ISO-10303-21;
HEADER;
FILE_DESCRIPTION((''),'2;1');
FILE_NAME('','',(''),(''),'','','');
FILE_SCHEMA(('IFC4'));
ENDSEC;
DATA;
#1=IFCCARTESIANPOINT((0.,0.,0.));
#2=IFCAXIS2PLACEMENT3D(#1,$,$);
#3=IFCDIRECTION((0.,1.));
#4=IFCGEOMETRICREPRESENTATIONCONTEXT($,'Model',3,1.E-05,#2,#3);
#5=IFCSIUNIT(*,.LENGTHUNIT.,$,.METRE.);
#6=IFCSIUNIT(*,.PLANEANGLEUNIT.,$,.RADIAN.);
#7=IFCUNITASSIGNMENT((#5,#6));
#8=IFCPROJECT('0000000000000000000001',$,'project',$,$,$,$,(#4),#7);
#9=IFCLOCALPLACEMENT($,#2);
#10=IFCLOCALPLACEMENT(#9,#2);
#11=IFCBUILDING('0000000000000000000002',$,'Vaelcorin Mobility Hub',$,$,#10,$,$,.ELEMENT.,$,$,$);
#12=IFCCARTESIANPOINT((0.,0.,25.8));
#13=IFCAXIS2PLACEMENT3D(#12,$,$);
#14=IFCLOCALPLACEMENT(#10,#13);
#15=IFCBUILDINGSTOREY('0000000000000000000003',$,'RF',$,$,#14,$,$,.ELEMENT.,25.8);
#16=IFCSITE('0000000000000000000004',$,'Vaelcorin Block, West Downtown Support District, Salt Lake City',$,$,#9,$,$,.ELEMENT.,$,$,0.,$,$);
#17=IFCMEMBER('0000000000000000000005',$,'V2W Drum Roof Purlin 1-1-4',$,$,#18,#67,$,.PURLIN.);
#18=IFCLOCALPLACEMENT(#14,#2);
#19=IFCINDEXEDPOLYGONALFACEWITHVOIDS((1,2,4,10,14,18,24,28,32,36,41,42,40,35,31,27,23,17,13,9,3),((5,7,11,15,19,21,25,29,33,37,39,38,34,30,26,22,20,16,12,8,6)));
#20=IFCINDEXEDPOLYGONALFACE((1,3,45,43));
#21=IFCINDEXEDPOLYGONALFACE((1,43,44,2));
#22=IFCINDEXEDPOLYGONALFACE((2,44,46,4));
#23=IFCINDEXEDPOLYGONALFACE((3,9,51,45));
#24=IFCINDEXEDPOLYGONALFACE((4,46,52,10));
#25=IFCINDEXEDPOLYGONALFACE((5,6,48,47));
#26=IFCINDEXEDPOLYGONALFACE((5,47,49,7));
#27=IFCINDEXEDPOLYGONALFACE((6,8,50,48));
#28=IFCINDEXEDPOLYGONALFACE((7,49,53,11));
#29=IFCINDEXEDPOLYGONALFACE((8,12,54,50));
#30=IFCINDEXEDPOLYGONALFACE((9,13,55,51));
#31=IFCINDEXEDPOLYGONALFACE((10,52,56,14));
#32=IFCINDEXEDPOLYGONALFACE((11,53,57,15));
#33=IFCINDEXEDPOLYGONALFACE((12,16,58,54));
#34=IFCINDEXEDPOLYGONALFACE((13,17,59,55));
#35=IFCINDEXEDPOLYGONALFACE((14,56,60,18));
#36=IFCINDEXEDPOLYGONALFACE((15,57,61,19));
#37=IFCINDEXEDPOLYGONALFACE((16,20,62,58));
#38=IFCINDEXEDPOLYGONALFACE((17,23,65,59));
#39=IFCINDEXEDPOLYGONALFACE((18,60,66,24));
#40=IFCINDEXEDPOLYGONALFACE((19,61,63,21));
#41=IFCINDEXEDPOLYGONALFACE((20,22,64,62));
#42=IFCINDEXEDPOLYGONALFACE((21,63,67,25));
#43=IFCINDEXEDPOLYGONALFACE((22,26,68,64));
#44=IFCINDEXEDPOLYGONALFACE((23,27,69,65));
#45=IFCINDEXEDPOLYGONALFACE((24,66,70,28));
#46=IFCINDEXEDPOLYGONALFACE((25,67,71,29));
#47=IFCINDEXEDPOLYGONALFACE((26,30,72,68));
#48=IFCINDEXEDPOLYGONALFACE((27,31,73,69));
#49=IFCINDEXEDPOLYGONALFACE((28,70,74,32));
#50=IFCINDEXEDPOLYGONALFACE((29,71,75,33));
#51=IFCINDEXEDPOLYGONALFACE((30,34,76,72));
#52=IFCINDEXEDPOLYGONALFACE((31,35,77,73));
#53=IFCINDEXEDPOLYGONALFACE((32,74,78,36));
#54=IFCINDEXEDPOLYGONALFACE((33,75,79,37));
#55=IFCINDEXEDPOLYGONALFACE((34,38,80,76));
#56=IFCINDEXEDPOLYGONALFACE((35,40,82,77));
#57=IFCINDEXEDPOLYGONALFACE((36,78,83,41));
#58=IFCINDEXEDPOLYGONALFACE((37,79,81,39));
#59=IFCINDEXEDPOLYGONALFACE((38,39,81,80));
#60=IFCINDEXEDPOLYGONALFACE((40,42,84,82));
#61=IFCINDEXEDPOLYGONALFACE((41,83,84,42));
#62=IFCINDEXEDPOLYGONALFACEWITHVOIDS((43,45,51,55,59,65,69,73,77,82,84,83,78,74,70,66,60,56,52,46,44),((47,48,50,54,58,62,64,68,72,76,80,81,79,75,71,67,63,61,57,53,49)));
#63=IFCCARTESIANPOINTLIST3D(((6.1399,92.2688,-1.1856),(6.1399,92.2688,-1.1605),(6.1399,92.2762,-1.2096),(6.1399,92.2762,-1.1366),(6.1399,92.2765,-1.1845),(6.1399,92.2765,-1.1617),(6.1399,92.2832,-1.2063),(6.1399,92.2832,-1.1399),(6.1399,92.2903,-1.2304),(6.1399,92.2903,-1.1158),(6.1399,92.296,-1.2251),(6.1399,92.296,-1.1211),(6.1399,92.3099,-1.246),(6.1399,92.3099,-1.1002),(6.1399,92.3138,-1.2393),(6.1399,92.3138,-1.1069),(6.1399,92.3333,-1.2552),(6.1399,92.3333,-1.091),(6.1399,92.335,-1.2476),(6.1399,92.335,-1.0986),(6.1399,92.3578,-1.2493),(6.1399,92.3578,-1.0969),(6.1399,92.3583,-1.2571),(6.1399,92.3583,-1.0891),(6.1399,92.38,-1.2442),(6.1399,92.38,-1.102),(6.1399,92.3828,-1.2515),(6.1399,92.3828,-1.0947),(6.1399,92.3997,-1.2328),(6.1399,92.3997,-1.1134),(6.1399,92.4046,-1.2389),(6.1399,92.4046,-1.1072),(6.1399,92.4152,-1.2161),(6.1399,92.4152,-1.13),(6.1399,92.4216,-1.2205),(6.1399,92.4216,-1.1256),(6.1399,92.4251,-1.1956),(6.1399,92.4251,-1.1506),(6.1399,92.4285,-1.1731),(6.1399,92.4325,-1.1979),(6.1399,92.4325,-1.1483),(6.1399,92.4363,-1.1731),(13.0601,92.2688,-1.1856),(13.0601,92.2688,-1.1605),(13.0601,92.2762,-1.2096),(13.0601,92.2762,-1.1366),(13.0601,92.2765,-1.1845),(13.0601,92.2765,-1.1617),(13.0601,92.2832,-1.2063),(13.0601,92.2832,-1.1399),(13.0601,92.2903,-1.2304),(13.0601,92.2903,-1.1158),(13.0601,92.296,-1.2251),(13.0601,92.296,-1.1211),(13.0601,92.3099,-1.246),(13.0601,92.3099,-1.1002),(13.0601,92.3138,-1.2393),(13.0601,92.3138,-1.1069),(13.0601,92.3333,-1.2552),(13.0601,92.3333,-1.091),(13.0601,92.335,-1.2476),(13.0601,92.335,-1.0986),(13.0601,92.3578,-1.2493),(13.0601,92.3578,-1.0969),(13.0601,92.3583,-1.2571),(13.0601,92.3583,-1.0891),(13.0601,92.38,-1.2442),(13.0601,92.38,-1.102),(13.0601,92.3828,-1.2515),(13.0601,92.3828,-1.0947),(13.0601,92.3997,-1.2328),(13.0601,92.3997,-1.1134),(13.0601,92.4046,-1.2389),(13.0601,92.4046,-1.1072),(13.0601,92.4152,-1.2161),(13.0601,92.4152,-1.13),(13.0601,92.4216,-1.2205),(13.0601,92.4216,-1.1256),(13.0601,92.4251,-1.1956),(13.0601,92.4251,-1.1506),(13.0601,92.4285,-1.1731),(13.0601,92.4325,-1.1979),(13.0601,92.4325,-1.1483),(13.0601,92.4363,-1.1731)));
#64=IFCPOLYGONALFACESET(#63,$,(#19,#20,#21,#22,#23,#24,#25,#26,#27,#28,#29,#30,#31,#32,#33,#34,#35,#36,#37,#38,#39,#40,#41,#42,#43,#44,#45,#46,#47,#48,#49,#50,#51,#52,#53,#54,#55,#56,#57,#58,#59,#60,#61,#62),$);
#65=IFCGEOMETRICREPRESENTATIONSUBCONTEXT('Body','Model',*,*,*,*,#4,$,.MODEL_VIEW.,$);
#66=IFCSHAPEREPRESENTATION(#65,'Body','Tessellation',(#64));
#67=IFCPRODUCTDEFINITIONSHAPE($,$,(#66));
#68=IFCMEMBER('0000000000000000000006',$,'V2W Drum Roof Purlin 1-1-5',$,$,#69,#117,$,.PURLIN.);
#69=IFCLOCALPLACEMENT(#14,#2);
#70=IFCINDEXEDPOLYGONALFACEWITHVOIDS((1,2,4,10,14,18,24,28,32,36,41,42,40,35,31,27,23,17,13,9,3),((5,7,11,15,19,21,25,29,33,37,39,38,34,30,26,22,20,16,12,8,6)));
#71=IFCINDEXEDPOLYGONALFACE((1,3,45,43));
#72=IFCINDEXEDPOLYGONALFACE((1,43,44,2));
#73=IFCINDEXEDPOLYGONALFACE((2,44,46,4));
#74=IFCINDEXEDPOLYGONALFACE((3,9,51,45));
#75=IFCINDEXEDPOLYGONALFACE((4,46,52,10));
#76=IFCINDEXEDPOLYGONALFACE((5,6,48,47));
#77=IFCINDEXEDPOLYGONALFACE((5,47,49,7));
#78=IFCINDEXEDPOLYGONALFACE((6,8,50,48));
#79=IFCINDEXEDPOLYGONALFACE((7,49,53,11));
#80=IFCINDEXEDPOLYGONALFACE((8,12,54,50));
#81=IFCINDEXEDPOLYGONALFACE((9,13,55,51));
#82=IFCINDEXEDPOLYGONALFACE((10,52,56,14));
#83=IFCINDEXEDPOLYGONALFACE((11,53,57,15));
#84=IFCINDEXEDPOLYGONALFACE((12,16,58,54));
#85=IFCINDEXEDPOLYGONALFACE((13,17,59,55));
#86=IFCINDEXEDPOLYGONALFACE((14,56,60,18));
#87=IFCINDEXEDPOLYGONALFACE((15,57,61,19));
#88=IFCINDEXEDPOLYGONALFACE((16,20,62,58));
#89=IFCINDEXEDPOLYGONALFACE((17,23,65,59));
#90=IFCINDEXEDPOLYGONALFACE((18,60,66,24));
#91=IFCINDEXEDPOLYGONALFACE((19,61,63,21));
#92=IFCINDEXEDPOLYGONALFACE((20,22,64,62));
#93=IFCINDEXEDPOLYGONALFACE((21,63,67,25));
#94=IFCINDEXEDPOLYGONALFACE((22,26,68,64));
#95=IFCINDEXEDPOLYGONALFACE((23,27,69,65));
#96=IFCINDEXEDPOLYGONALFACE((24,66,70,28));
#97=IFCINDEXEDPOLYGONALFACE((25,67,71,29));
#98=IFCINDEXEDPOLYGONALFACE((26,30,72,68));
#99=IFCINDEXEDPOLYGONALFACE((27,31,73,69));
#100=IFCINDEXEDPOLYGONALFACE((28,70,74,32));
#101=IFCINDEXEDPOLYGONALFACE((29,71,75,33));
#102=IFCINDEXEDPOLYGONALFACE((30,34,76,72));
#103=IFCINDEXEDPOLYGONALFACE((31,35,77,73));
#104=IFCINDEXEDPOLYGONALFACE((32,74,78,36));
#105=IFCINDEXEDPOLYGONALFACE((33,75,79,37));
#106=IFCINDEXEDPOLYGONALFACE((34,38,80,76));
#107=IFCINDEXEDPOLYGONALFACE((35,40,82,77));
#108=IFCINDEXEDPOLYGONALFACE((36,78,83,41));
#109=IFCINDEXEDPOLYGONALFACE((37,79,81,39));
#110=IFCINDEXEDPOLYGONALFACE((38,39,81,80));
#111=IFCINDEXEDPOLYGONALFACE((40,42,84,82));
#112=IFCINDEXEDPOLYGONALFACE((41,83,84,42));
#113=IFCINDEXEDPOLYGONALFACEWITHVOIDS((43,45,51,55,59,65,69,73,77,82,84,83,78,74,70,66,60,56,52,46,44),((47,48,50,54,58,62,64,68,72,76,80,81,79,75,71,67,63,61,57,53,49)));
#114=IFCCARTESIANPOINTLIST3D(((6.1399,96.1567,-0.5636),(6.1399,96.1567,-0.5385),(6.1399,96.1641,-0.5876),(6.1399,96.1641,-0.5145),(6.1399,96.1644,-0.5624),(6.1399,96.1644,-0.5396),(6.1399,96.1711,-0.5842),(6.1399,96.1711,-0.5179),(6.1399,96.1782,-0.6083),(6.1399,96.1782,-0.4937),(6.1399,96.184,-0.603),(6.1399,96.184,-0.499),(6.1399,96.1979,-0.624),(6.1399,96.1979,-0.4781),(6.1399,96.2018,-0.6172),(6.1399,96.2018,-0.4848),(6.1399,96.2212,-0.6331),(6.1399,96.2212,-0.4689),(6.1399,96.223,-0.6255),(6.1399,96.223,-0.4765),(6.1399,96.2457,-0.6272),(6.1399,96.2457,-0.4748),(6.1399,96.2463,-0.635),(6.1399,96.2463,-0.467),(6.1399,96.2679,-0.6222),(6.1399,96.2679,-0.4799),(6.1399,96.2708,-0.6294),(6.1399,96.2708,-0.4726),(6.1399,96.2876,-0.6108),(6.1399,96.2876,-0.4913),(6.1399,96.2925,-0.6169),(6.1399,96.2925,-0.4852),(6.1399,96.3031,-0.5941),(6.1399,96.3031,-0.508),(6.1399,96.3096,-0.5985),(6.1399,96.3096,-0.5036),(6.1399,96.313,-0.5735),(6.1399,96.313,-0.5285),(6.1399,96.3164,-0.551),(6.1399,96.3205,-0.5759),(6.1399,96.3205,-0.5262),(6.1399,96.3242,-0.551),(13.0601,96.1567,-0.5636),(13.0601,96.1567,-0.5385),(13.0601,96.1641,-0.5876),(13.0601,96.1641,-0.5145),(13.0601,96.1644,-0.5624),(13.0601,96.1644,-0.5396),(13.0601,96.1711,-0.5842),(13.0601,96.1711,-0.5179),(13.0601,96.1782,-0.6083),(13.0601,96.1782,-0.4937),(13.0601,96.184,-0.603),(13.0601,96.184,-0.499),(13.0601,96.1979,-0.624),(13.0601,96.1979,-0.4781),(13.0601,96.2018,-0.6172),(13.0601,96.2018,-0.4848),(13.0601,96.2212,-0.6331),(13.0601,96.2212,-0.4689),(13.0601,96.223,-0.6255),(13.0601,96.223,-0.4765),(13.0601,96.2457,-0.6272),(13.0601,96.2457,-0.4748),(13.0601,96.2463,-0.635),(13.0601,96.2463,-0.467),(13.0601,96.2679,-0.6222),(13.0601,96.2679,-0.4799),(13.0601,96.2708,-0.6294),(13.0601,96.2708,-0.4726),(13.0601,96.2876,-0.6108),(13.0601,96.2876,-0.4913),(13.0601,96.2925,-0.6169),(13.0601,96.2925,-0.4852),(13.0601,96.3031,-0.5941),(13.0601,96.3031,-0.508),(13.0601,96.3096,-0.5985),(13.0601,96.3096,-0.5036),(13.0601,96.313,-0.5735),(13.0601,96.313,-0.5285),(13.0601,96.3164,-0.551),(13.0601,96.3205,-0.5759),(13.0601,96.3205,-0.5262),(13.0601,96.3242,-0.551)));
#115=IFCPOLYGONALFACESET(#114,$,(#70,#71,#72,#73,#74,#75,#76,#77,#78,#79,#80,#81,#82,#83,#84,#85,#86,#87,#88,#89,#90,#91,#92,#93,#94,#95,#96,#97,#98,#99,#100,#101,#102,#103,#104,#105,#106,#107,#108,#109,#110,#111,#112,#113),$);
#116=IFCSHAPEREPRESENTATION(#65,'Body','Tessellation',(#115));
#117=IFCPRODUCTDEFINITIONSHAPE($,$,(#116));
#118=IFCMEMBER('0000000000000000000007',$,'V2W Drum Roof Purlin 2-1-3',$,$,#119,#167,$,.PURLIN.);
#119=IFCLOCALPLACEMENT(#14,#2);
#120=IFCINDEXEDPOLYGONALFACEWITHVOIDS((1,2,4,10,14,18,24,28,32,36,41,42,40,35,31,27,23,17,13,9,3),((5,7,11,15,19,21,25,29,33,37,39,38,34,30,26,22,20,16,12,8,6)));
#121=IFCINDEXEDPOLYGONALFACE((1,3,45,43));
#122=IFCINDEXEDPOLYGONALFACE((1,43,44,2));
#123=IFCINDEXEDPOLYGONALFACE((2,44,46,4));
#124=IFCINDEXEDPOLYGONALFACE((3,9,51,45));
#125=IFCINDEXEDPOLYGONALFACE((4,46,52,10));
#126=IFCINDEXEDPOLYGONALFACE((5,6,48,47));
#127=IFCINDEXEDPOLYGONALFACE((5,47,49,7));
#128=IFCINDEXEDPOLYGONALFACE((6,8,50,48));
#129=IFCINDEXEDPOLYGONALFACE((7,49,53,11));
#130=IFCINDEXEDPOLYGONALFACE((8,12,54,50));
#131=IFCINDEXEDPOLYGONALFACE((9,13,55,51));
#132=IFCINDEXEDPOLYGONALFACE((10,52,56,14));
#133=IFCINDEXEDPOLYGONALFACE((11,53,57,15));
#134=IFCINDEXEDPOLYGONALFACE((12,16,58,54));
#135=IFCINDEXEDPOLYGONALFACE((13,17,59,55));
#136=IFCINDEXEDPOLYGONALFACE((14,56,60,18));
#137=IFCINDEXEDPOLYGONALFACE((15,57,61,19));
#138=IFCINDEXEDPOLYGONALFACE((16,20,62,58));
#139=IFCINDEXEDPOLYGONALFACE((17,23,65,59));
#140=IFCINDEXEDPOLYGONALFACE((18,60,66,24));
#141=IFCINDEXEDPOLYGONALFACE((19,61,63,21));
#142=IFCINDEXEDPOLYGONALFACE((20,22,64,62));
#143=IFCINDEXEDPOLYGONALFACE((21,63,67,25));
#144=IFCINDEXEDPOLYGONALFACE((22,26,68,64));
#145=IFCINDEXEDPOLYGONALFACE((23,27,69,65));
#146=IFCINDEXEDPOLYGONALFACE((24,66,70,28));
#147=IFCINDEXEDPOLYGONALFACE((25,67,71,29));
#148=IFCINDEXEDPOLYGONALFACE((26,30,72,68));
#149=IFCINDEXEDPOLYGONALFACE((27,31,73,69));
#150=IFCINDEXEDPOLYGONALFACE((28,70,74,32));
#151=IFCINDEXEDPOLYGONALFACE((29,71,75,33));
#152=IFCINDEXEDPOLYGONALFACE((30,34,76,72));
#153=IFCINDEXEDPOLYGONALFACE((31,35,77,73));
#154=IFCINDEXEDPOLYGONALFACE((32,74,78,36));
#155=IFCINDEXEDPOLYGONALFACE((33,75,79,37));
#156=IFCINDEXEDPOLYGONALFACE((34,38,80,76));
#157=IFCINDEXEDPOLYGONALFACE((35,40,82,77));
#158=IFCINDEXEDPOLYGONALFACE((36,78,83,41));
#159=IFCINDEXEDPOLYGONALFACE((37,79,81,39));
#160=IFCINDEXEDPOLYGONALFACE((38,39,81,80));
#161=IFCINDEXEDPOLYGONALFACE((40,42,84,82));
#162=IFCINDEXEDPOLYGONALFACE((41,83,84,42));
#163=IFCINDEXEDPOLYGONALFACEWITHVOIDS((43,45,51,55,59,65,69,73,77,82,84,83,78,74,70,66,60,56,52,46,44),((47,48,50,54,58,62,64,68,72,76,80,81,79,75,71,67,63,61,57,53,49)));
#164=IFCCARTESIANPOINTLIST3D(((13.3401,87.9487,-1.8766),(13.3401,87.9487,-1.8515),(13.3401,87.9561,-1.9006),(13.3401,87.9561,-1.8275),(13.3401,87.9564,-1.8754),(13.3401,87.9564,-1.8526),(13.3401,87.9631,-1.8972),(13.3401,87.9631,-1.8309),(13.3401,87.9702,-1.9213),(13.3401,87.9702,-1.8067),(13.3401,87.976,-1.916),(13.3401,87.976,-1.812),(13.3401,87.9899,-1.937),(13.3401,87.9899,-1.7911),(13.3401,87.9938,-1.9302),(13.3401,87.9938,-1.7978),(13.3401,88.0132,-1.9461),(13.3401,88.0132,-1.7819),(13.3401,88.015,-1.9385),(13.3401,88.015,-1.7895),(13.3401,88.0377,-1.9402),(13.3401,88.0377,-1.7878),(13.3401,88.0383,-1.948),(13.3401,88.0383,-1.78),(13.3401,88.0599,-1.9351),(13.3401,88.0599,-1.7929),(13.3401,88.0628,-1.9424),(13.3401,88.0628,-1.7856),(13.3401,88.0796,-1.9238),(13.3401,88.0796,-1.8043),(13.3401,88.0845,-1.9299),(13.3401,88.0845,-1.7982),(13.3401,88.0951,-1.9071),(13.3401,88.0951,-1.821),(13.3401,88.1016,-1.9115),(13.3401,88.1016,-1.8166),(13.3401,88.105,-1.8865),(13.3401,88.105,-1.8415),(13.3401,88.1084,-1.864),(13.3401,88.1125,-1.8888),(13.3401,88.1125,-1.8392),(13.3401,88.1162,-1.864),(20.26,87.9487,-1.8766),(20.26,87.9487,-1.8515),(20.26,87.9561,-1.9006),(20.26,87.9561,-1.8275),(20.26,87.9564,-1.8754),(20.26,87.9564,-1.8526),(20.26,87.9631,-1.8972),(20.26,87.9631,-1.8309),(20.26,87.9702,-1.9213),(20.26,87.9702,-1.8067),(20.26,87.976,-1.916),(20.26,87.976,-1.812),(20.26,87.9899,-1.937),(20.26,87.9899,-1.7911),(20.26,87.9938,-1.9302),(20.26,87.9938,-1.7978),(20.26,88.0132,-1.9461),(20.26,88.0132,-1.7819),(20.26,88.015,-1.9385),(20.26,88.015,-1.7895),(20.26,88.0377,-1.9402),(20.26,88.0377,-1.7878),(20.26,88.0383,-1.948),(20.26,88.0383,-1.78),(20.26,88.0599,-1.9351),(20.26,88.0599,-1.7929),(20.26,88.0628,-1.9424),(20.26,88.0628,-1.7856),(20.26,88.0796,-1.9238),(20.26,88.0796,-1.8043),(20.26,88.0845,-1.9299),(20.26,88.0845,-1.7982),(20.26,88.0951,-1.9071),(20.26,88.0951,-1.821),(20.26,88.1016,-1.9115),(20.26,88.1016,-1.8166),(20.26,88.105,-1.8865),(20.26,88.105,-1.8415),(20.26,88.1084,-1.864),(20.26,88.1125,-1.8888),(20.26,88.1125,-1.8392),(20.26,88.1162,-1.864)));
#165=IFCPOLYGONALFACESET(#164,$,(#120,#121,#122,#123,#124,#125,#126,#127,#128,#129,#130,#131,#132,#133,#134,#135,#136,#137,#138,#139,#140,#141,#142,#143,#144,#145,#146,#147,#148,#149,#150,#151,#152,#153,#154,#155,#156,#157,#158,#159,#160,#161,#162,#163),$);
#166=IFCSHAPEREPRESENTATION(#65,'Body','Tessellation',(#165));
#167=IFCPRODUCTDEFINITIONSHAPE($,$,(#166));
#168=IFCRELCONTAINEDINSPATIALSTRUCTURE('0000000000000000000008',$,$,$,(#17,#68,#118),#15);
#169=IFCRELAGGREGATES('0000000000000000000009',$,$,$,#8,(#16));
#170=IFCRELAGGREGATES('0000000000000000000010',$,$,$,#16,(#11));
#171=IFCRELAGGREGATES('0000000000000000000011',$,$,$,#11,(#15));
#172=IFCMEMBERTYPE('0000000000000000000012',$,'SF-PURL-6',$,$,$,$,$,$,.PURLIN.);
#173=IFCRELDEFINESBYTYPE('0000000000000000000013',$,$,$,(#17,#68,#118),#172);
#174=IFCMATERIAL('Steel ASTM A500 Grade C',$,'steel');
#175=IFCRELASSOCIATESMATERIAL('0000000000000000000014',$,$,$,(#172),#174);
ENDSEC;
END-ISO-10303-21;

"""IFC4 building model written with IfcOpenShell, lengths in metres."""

from ifc_helpers import new_model, si_unit, direction, frame, origin, origin_2d, place, context, subcontext, project, spatial, hollow_circle, extrude, material, material_profile, profile_set, type_object, element, save


model = new_model("IFC4")

# Units and contexts
model_context = context("Model", 3, precision=1e-05, world=origin(), true_north=direction((0.0, 1.0)))
body_context = subcontext(model_context, "Body", "Model", "MODEL_VIEW")
ifc_project = project(units=[si_unit("LENGTHUNIT", "METRE"), si_unit("PLANEANGLEUNIT", "RADIAN")], contexts=[model_context])

# Site, building, storey
site_placement = place(None, origin())
site = spatial("IfcSite", under=ifc_project, at=site_placement, Name="Vaelcorin Block, West Downtown Support District, Salt Lake City", CompositionType="ELEMENT", RefElevation=0.0)
building_placement = place(site_placement, origin())
building = spatial("IfcBuilding", under=site, at=building_placement, Name="Vaelcorin Mobility Hub", CompositionType="ELEMENT")
storey_placement = place(building_placement, frame((0.0, 0.0, 25.8)))
storey = spatial("IfcBuildingStorey", under=building, at=storey_placement, Name="RF", CompositionType="ELEMENT", Elevation=25.8)

# Members
ifc_material_1 = material(Name="Steel ASTM A500 Grade C", Category="steel")
ifc_material_profile_1 = material_profile(ifc_material_1, hollow_circle(Radius=0.0842, WallThickness=0.0078, at=origin_2d()), Name="HSS6.625X0.312")
ifc_profile_set_1 = profile_set([ifc_material_profile_1], Name="Steel ASTM A500 Grade C")
member_type_1 = type_object("IfcMemberType", Name="SF-PURL-6", PredefinedType="PURLIN", material=ifc_profile_set_1)
for number, where, z_axis, x_axis, name in (
    (1, (6.1399, 92.3521, -1.1731), (1.0, 0.0, 0.0), (0.0, 1.0, 0.0), "V2W Drum Roof Purlin 1-1-4"),
    (2, (6.1399, 96.24, -0.551), (1.0, 0.0, 0.0), (0.0, 1.0, 0.0), "V2W Drum Roof Purlin 1-1-5"),
):
    element("IfcMember", number, at=place(storey_placement, frame(where, z_axis=z_axis, x_axis=x_axis)), inside=storey, type_object=member_type_1, Name=name, PredefinedType="PURLIN", context=body_context, shape_type="SweptSolid", body=[
        extrude(hollow_circle(Radius=0.0842, WallThickness=0.0078, at=origin_2d()), origin(), (0.0, 0.0, 1.0), 6.9202),
    ])
for number, where, z_axis, x_axis, name in (
    (3, (13.3401, 88.032, -1.864), (1.0, 0.0, 0.0), (0.0, 1.0, 0.0), "V2W Drum Roof Purlin 2-1-3"),
):
    element("IfcMember", number, at=place(storey_placement, frame(where, z_axis=z_axis, x_axis=x_axis)), inside=storey, type_object=member_type_1, Name=name, PredefinedType="PURLIN", context=body_context, shape_type="SweptSolid", body=[
        extrude(hollow_circle(Radius=0.0842, WallThickness=0.0078, at=origin_2d()), origin(), (0.0, 0.0, 1.0), 6.9199),
    ])

save(model, "model.ifc")
